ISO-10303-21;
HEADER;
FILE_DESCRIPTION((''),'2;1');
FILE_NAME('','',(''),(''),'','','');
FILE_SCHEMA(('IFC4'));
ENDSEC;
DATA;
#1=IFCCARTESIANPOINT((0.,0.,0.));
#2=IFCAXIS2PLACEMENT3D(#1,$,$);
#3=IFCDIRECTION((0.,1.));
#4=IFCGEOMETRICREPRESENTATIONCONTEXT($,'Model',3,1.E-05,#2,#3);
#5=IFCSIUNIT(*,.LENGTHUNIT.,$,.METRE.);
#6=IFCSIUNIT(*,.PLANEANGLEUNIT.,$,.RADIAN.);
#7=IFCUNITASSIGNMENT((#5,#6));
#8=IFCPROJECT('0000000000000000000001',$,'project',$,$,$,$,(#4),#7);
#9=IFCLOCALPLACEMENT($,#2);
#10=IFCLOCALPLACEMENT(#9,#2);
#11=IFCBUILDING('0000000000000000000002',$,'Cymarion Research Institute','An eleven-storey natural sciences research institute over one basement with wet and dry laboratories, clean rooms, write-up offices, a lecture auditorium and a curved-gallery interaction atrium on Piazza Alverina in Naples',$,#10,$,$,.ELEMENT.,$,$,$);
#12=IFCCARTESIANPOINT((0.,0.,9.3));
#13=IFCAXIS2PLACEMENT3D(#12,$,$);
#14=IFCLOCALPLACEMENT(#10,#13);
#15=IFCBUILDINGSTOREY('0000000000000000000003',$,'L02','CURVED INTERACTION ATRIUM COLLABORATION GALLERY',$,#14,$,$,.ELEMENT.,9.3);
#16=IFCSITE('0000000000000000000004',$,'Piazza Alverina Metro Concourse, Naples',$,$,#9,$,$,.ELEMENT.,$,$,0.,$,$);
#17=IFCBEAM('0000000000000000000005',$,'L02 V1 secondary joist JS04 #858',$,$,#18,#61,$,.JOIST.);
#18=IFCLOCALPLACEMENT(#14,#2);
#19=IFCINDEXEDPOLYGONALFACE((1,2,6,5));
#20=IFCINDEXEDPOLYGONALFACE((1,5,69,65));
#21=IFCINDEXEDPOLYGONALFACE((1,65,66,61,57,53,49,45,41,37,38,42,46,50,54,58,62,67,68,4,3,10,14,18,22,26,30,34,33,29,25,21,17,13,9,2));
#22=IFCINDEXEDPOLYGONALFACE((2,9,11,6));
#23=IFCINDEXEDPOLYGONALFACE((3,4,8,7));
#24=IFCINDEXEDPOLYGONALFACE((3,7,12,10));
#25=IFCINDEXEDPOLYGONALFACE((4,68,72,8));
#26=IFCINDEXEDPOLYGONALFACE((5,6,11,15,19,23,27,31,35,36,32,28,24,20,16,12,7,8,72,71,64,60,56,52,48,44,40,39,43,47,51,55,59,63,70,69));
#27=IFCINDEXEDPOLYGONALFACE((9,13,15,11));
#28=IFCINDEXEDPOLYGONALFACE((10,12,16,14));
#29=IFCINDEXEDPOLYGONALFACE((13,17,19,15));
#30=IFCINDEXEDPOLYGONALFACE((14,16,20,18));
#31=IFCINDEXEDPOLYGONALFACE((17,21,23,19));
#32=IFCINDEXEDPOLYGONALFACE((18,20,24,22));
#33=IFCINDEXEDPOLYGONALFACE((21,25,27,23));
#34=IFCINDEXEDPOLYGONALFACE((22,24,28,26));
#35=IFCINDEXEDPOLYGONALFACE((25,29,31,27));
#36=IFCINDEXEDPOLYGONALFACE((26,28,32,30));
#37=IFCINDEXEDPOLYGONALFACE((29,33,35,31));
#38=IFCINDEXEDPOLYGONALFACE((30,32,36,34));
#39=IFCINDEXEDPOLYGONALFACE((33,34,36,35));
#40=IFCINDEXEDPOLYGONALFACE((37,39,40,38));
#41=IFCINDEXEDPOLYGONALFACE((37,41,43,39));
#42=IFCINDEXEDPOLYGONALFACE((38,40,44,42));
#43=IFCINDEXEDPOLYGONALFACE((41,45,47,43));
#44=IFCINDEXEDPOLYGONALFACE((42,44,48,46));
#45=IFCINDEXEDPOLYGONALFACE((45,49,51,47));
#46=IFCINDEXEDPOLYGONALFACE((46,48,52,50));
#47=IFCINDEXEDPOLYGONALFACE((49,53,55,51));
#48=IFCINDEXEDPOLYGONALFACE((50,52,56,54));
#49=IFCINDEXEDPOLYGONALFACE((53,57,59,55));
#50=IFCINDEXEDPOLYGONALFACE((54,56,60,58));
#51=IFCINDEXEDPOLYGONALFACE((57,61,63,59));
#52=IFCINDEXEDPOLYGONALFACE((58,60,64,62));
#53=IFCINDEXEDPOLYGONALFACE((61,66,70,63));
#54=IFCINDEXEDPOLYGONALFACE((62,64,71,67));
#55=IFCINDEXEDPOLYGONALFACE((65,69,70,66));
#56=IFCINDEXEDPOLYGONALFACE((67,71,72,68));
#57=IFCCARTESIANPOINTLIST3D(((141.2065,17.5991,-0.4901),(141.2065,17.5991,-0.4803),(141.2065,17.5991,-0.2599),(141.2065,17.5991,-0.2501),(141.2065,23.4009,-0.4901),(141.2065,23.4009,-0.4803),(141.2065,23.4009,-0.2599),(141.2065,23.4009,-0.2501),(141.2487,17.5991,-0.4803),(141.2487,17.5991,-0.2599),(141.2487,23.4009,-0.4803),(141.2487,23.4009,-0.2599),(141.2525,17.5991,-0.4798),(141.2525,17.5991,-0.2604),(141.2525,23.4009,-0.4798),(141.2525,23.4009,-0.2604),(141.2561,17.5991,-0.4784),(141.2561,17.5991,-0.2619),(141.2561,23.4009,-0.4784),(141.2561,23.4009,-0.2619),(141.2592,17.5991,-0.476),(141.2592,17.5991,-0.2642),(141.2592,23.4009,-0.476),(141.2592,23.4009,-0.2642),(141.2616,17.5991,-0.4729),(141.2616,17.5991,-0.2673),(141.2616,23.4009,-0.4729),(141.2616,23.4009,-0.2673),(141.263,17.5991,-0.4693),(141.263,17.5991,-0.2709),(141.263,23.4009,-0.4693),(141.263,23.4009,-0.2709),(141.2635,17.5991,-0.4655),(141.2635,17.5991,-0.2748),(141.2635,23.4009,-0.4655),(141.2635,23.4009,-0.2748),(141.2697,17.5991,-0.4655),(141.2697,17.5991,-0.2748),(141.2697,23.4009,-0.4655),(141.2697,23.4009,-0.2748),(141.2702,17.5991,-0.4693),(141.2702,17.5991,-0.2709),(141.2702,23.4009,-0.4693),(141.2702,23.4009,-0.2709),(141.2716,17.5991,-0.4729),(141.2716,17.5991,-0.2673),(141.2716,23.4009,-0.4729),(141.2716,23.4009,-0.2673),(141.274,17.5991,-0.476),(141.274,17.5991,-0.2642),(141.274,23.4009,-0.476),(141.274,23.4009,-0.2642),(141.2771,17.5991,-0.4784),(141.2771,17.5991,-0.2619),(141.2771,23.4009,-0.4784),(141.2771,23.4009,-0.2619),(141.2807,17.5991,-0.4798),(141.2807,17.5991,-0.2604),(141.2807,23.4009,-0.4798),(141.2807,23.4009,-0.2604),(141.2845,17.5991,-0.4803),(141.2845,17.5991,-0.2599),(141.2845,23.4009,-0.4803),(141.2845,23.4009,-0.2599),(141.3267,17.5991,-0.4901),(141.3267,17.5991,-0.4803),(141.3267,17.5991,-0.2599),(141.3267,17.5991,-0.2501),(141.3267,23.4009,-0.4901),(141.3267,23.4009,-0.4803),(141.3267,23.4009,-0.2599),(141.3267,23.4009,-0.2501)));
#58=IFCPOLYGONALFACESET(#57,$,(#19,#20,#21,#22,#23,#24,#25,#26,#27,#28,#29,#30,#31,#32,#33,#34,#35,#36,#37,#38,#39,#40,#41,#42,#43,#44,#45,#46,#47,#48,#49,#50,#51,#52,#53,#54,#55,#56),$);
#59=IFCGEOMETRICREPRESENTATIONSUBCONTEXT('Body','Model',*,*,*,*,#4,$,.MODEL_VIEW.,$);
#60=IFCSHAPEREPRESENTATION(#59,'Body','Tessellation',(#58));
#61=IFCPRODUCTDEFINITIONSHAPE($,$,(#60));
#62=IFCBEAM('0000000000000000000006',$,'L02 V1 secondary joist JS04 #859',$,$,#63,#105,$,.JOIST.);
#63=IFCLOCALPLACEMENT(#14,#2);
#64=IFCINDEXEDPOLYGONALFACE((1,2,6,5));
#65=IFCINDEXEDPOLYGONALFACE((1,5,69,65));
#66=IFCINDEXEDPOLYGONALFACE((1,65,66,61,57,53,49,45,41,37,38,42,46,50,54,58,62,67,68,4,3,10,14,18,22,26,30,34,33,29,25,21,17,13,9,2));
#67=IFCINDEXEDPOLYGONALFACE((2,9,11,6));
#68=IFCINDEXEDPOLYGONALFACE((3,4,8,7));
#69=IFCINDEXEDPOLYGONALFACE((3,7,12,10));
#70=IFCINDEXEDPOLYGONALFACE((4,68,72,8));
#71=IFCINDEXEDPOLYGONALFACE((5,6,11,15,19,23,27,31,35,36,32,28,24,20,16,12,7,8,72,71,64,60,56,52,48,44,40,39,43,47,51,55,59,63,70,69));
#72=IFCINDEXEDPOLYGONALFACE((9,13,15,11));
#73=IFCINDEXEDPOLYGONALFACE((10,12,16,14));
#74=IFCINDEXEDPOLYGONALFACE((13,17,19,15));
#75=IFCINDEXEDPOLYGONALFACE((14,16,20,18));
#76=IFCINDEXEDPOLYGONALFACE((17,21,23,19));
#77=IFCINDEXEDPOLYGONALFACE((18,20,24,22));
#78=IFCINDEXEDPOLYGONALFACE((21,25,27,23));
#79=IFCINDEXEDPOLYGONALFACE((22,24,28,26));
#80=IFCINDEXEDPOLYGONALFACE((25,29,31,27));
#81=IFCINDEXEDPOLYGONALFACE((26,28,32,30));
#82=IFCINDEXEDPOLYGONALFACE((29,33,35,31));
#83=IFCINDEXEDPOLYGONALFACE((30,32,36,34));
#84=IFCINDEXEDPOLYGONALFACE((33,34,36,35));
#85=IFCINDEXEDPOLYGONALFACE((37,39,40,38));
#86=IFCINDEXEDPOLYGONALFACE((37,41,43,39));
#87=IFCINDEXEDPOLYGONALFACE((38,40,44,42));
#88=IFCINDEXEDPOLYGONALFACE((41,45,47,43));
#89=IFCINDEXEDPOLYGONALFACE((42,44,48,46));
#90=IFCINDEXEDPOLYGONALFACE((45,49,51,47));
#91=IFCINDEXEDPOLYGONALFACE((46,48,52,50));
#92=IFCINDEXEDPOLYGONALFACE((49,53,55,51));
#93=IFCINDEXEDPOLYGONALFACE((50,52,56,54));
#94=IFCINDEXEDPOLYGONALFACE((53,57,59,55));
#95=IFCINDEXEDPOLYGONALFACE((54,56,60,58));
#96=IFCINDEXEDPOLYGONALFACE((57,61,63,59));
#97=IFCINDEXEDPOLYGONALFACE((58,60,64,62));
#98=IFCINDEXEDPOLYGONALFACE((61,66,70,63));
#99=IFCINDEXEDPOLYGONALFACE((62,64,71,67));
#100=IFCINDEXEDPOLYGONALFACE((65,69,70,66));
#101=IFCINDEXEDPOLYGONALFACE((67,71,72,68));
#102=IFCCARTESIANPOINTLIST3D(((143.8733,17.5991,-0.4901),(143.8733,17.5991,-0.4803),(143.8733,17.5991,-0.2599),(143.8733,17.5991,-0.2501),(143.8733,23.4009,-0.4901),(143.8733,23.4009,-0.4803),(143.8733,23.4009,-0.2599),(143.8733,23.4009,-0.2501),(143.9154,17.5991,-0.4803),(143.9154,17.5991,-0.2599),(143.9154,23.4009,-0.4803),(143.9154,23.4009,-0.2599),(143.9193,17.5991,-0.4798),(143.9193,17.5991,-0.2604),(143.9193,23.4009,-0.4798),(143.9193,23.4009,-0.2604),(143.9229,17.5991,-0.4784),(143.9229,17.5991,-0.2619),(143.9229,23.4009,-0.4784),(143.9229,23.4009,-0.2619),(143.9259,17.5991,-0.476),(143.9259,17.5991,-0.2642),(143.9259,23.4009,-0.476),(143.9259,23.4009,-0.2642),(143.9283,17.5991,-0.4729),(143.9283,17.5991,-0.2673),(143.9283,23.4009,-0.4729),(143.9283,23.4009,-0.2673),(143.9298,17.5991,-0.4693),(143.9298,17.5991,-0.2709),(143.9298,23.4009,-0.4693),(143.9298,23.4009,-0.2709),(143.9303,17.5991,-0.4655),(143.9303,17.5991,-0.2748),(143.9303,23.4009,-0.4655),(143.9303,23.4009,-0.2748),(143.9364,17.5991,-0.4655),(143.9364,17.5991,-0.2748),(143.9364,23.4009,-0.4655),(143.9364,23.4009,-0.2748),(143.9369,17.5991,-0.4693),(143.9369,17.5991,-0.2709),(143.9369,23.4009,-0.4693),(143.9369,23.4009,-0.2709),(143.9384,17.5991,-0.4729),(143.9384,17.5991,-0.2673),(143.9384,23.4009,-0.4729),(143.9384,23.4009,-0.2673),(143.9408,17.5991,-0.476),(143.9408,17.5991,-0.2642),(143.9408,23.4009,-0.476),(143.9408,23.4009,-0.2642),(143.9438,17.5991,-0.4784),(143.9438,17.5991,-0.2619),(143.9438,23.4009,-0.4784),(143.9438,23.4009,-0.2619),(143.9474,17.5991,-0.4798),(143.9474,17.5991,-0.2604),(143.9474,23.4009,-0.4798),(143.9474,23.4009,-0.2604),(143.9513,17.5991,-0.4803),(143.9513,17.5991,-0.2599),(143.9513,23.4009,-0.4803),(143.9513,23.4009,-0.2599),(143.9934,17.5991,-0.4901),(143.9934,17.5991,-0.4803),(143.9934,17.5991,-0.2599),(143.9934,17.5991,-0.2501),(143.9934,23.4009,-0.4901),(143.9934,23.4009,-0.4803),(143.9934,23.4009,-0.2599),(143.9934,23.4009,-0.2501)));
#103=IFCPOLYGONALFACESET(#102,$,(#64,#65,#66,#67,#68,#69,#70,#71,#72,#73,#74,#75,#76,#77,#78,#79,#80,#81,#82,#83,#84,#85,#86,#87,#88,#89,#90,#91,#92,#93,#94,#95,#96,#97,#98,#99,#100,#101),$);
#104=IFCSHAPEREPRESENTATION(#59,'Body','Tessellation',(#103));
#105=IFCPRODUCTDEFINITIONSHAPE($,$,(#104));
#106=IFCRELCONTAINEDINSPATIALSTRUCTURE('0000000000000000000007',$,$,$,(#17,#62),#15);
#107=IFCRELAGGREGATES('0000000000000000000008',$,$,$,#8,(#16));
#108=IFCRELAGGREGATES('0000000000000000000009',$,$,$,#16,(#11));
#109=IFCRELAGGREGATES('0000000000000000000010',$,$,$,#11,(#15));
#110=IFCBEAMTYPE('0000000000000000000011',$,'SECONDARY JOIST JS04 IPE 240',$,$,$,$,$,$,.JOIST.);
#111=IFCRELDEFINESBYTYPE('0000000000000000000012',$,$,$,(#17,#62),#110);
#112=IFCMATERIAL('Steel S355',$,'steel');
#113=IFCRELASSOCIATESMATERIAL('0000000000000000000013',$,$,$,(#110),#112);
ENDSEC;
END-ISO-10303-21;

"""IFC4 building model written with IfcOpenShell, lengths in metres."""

from ifc_helpers import new_model, si_unit, direction, frame, origin, origin_2d, place, context, subcontext, project, spatial, i_section, extrude, material, material_profile, profile_set, type_object, element, save


model = new_model("IFC4")

# Units and contexts
model_context = context("Model", 3, precision=1e-05, world=origin(), true_north=direction((0.0, 1.0)))
body_context = subcontext(model_context, "Body", "Model", "MODEL_VIEW")
ifc_project = project(units=[si_unit("LENGTHUNIT", "METRE"), si_unit("PLANEANGLEUNIT", "RADIAN")], contexts=[model_context])

# Site, building, storey
site_placement = place(None, origin())
site = spatial("IfcSite", under=ifc_project, at=site_placement, Name="Piazza Alverina Metro Concourse, Naples", CompositionType="ELEMENT", RefElevation=0.0)
building_placement = place(site_placement, origin())
building = spatial("IfcBuilding", under=site, at=building_placement, Name="Cymarion Research Institute", Description="An eleven-storey natural sciences research institute over one basement with wet and dry laboratories, clean rooms, write-up offices, a lecture auditorium and a curved-gallery interaction atrium on Piazza Alverina in Naples", CompositionType="ELEMENT")
storey_placement = place(building_placement, frame((0.0, 0.0, 9.3)))
storey = spatial("IfcBuildingStorey", under=building, at=storey_placement, Name="L02", Description="CURVED INTERACTION ATRIUM COLLABORATION GALLERY", CompositionType="ELEMENT", Elevation=9.3)

# Shared definitions
ifc_material_1 = material(Name="Steel S355", Category="steel")

# Beams
ifc_material_profile_1 = material_profile(ifc_material_1, i_section(OverallWidth=0.1201, OverallDepth=0.24, WebThickness=0.0061, FlangeThickness=0.0098, FilletRadius=0.0149, at=origin_2d()), Name="IPE 240")
ifc_profile_set_1 = profile_set([ifc_material_profile_1], Name="Steel S355")
beam_type_1 = type_object("IfcBeamType", Name="SECONDARY JOIST JS04 IPE 240", PredefinedType="JOIST", material=ifc_profile_set_1)
for number, where, z_axis, x_axis, name in (
    (1, (141.2666, 17.5991, -0.3701), (0.0, 1.0, 0.0), (-1.0, 0.0, 0.0), "L02 V1 secondary joist JS04 #858"),
    (2, (143.9333, 17.5991, -0.3701), (0.0, 1.0, 0.0), (-1.0, 0.0, 0.0), "L02 V1 secondary joist JS04 #859"),
):
    element("IfcBeam", number, at=place(storey_placement, frame(where, z_axis=z_axis, x_axis=x_axis)), inside=storey, type_object=beam_type_1, Name=name, PredefinedType="JOIST", context=body_context, shape_type="SweptSolid", body=[
        extrude(i_section(OverallWidth=0.1201, OverallDepth=0.24, WebThickness=0.0061, FlangeThickness=0.0098, FilletRadius=0.0149, at=origin_2d()), origin(), (0.0, 0.0, 1.0), 5.8018),
    ])

save(model, "model.ifc")
